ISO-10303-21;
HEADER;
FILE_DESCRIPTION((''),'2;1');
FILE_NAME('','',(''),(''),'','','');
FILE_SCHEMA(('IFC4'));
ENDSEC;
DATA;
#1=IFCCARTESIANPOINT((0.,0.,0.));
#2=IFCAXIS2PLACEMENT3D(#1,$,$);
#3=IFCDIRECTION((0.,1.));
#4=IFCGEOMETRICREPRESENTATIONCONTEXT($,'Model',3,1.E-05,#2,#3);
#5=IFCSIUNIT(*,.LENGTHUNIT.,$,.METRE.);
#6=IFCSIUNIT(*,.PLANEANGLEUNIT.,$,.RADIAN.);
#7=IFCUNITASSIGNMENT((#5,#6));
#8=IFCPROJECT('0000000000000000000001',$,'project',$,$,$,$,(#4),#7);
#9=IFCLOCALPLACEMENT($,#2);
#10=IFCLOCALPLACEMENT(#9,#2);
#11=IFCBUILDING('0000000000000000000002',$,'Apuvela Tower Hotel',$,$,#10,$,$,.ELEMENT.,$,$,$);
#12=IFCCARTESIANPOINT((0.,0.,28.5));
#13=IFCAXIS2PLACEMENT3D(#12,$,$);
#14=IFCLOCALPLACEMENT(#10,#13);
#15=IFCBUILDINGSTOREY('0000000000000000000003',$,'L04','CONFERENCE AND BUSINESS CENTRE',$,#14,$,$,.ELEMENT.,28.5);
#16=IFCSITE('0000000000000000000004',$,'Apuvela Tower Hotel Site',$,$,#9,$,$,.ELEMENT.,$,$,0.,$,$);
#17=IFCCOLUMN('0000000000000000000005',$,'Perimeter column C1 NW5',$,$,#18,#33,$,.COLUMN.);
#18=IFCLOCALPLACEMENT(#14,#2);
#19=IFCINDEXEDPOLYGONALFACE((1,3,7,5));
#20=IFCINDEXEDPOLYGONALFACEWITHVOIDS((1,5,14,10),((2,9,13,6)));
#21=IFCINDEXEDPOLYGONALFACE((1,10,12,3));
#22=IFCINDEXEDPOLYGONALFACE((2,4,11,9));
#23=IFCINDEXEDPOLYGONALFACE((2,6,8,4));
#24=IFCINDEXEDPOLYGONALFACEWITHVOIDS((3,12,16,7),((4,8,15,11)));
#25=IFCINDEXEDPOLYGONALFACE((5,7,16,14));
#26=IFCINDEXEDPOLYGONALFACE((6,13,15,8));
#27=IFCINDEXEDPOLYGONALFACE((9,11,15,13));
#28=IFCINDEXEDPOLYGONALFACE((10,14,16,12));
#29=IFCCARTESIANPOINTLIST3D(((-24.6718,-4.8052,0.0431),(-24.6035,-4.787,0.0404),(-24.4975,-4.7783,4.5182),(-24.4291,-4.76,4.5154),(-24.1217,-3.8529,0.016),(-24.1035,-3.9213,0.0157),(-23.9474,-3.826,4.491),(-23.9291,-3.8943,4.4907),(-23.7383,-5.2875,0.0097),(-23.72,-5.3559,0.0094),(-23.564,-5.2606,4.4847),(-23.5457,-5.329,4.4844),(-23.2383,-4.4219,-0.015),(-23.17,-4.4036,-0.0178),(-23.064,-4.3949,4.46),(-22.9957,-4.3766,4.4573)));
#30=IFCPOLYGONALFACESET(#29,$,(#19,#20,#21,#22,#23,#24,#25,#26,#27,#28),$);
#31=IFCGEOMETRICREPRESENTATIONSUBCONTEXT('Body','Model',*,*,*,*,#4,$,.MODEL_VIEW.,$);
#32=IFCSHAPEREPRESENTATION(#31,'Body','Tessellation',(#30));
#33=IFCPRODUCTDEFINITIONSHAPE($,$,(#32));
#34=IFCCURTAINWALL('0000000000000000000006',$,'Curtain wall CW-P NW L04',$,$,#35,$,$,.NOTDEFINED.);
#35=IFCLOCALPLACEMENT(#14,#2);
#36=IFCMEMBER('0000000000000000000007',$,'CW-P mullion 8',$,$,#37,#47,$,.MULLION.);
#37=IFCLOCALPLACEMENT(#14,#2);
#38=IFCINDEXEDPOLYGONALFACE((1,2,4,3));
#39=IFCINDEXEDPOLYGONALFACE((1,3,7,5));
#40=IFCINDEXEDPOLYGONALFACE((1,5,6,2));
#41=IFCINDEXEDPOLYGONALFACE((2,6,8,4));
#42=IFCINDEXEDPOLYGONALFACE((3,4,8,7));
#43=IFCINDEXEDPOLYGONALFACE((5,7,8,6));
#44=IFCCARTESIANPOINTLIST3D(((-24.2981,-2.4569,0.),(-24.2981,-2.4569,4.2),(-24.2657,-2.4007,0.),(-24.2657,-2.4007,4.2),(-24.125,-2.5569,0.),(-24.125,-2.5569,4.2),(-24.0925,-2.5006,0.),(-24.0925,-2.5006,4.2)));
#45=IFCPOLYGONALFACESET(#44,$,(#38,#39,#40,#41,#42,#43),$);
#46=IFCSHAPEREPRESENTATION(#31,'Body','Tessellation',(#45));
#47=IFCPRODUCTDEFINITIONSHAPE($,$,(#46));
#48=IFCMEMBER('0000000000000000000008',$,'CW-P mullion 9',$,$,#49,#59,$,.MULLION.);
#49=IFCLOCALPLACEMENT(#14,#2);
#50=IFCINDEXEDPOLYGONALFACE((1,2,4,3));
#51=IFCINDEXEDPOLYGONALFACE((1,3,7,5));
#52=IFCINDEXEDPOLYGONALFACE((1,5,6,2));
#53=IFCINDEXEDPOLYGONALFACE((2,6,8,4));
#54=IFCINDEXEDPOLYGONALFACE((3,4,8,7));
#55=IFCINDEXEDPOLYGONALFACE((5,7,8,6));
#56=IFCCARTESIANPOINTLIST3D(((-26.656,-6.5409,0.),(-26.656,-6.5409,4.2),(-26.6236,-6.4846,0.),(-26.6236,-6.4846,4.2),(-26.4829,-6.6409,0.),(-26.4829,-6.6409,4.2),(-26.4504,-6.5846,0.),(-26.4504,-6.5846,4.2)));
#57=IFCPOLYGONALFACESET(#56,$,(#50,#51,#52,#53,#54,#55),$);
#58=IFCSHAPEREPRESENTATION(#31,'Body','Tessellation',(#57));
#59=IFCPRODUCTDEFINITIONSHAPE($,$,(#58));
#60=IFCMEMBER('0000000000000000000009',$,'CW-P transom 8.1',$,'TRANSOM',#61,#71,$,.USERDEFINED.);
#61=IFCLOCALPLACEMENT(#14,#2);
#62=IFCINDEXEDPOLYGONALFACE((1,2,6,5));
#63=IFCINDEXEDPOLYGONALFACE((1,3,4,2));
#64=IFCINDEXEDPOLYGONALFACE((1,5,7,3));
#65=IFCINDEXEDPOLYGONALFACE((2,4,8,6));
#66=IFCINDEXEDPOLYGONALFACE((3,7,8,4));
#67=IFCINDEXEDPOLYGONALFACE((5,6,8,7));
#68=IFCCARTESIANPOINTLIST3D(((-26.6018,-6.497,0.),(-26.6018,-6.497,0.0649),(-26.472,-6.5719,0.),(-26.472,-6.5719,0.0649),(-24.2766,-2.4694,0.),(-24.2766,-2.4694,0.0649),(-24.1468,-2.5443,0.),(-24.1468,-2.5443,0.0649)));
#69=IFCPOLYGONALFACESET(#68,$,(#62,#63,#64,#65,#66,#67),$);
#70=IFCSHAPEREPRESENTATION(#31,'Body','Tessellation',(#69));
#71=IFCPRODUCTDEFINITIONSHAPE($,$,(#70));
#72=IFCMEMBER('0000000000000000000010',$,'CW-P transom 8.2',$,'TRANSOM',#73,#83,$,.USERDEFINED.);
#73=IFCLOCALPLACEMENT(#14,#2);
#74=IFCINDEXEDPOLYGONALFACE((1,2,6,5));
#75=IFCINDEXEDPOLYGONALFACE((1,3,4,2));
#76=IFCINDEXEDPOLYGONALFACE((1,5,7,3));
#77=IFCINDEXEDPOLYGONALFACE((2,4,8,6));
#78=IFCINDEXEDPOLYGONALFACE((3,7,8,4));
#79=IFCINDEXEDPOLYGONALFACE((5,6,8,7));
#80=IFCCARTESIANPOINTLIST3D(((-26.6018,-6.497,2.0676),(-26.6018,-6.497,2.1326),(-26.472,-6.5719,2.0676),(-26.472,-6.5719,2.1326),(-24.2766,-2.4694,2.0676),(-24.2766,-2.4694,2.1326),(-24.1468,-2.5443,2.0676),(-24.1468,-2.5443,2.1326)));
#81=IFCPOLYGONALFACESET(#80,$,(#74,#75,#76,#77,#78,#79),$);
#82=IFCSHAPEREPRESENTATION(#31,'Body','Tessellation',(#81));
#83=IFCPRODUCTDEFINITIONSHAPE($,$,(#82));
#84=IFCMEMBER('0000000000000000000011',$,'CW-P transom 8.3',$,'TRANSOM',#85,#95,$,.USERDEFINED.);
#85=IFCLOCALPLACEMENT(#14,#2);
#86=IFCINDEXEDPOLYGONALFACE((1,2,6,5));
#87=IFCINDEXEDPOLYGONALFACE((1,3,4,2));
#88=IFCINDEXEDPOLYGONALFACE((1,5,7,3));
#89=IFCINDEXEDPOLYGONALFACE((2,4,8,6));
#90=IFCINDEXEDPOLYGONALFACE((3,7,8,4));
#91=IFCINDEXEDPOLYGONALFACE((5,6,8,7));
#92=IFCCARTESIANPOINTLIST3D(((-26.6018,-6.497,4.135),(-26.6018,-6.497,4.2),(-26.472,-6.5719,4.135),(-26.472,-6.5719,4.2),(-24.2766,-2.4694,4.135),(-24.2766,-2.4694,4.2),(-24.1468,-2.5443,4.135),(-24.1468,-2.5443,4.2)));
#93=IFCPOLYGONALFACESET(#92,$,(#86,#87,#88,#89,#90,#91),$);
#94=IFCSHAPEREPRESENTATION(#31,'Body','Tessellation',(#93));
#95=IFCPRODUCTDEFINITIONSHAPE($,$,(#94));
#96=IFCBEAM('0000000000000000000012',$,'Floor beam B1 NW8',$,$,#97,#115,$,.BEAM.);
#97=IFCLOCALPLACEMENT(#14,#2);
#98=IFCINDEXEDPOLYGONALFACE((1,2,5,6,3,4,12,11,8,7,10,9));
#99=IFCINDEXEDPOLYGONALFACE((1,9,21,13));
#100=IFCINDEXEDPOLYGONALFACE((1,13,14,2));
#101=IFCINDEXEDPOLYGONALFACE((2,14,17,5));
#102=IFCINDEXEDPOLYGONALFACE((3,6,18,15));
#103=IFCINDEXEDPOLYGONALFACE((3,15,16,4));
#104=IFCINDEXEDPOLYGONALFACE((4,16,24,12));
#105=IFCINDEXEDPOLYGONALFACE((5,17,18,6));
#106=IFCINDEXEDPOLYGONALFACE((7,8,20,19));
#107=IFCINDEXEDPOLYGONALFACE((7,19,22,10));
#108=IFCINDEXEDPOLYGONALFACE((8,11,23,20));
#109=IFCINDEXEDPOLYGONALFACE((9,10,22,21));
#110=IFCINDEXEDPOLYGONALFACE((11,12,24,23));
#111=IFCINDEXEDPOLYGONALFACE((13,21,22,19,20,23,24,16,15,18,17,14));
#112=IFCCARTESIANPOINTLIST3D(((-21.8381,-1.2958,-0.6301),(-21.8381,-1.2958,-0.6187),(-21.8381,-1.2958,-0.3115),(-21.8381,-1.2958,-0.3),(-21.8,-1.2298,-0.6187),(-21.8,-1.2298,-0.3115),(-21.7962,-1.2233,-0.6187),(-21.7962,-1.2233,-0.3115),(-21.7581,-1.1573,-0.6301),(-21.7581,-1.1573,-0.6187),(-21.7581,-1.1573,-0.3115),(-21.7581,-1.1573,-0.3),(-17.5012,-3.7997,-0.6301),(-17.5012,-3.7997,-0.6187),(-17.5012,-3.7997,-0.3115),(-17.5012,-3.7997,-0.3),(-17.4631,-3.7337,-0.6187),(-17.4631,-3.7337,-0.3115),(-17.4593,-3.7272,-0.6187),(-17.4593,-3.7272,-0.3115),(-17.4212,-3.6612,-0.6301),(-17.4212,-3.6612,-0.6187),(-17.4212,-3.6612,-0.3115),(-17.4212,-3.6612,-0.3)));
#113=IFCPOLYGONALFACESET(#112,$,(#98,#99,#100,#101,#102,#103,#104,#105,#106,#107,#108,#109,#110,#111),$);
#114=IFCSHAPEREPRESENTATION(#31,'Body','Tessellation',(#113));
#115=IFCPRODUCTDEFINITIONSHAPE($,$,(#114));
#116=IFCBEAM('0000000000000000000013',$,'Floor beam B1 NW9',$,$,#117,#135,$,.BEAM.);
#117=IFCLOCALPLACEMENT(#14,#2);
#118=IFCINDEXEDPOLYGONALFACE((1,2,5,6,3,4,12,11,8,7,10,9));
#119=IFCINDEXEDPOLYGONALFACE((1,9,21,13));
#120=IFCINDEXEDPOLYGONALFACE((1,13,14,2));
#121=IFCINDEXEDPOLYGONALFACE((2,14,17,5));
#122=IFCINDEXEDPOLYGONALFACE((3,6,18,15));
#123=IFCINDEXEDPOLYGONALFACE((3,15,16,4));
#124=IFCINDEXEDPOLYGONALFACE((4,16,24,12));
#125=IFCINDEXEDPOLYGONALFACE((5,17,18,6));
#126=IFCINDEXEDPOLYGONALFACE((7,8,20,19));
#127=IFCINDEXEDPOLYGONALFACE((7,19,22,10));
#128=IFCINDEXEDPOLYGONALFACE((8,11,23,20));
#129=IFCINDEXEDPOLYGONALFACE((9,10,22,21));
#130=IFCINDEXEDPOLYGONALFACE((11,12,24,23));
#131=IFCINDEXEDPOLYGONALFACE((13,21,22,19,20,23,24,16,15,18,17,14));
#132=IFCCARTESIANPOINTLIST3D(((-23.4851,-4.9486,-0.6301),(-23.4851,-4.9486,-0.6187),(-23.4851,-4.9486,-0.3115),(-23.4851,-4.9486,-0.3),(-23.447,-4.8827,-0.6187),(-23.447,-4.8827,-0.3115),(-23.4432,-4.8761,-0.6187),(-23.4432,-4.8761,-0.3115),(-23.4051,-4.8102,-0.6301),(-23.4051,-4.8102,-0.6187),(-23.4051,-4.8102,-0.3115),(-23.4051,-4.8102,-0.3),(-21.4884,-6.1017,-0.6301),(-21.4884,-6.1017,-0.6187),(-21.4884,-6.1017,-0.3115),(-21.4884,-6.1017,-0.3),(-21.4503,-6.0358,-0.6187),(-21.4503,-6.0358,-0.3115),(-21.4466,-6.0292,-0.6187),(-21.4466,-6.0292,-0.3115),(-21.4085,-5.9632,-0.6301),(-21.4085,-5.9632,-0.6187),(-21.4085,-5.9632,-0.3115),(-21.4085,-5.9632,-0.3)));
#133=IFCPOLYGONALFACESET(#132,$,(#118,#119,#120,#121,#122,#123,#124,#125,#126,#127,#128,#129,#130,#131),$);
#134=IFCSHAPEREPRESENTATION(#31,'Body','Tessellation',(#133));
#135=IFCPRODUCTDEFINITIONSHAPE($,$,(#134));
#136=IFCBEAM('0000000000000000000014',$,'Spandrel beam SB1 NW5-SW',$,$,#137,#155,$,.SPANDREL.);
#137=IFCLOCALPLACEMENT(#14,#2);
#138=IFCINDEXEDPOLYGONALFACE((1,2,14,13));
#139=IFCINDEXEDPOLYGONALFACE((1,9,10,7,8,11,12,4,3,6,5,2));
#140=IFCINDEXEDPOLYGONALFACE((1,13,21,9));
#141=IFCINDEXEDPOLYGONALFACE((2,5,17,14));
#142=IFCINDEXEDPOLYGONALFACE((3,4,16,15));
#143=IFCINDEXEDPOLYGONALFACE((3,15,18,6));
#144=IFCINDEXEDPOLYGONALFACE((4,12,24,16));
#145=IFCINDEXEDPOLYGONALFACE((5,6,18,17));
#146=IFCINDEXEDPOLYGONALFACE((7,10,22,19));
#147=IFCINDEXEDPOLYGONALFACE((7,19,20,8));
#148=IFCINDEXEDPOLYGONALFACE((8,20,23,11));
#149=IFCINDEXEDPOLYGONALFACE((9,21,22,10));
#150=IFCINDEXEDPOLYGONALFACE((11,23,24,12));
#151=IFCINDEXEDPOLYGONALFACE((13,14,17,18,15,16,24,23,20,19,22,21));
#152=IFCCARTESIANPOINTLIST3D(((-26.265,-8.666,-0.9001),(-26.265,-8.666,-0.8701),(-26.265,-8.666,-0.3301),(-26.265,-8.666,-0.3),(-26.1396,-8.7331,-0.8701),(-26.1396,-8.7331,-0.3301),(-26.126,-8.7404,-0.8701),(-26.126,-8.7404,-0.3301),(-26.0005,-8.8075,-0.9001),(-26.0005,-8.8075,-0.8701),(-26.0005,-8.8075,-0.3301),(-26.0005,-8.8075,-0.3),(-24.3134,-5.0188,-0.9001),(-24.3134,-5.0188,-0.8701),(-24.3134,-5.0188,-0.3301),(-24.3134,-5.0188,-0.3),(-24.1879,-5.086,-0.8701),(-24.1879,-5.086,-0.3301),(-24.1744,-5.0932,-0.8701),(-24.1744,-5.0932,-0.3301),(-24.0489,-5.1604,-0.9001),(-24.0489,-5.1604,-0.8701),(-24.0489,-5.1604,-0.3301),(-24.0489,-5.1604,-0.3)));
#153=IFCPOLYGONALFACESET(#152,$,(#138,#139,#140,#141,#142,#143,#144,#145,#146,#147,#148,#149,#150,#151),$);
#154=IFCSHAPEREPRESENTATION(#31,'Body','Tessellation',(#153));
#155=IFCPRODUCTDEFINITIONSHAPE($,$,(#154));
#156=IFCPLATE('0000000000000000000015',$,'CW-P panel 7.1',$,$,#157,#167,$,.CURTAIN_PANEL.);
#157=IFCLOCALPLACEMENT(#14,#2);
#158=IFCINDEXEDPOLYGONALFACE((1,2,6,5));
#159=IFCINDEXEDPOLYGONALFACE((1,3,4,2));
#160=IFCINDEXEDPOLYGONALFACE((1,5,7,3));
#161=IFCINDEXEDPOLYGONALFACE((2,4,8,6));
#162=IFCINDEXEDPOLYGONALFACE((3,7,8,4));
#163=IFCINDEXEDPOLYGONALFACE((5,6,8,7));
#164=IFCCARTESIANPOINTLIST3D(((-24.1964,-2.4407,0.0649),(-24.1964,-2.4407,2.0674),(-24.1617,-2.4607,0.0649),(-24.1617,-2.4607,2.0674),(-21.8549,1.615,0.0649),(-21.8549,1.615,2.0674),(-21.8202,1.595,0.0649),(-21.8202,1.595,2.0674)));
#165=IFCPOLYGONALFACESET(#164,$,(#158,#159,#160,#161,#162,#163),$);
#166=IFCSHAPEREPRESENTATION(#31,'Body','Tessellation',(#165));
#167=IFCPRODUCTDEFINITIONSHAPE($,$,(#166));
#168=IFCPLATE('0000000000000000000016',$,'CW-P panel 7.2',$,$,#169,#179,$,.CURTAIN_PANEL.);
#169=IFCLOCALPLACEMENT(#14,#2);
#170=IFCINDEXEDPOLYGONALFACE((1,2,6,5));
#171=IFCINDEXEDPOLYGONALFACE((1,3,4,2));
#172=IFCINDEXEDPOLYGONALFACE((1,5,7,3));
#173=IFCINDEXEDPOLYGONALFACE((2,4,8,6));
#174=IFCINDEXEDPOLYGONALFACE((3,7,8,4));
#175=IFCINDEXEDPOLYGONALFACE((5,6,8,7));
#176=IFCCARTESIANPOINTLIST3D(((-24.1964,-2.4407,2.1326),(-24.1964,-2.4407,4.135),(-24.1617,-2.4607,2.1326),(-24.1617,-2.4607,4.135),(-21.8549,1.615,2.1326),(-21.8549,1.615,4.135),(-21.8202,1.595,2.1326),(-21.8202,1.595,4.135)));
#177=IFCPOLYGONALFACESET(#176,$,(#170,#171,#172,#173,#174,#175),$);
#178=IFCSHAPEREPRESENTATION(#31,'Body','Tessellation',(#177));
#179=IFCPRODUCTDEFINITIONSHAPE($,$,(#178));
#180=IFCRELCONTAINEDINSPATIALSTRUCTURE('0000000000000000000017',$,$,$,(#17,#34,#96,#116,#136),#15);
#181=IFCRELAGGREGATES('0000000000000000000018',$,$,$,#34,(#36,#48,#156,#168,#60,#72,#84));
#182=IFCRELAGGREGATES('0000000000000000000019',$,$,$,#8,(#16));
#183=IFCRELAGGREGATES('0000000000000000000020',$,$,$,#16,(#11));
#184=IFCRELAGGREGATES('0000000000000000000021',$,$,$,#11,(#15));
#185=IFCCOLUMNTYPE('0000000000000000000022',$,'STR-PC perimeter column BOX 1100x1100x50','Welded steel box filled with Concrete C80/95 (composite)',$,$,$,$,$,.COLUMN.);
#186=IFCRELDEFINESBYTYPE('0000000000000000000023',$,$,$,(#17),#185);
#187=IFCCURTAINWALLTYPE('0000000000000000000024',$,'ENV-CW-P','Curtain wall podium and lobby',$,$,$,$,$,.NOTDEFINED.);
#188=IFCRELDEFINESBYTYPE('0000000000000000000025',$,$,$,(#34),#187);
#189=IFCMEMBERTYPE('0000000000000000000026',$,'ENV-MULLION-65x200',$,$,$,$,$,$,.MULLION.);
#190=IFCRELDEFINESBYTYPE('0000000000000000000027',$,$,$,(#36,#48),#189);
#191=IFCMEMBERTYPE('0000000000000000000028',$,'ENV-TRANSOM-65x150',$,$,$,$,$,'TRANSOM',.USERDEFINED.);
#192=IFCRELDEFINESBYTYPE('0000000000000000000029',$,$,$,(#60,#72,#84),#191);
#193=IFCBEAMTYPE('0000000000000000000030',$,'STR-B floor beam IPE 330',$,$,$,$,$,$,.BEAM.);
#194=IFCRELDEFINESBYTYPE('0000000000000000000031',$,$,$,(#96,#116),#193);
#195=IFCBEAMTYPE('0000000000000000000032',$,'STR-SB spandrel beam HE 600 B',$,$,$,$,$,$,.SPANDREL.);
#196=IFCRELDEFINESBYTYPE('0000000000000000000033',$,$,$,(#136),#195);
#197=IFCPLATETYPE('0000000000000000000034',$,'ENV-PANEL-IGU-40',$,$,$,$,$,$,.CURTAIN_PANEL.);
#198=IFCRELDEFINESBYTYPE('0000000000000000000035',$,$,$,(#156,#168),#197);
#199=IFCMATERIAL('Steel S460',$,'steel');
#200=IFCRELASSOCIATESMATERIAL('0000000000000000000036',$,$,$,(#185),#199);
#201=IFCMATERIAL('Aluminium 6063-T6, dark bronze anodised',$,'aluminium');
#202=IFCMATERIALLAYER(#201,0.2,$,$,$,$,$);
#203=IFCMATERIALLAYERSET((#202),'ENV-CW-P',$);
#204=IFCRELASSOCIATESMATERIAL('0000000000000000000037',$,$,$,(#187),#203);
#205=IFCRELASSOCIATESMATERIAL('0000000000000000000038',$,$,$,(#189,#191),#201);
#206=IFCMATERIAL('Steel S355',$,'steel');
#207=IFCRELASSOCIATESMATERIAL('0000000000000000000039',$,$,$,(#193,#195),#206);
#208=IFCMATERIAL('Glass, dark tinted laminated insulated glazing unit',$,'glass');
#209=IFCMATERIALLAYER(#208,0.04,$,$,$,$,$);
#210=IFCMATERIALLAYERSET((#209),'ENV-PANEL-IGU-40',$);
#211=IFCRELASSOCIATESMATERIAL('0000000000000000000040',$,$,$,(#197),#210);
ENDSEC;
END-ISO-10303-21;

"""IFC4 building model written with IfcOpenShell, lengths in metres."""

from ifc_helpers import new_model, si_unit, direction, frame, origin, origin_2d, place, context, subcontext, project, spatial, rectangle, hollow_rectangle, i_section, extrude, boolean, halfspace, material, layer, layer_set, material_profile, profile_set, type_object, element, aggregate, save


model = new_model("IFC4")

# Units and contexts
model_context = context("Model", 3, precision=1e-05, world=origin(), true_north=direction((0.0, 1.0)))
body_context = subcontext(model_context, "Body", "Model", "MODEL_VIEW")
ifc_project = project(units=[si_unit("LENGTHUNIT", "METRE"), si_unit("PLANEANGLEUNIT", "RADIAN")], contexts=[model_context])

# Site, building, storey
site_placement = place(None, origin())
site = spatial("IfcSite", under=ifc_project, at=site_placement, Name="Apuvela Tower Hotel Site", CompositionType="ELEMENT", RefElevation=0.0)
building_placement = place(site_placement, origin())
building = spatial("IfcBuilding", under=site, at=building_placement, Name="Apuvela Tower Hotel", CompositionType="ELEMENT")
storey_placement = place(building_placement, frame((0.0, 0.0, 28.5)))
storey = spatial("IfcBuildingStorey", under=building, at=storey_placement, Name="L04", Description="CONFERENCE AND BUSINESS CENTRE", CompositionType="ELEMENT", Elevation=28.5)

# Column
ifc_material_1 = material(Name="Steel S460", Category="steel")
ifc_material_profile_1 = material_profile(ifc_material_1, hollow_rectangle(XDim=1.1001, YDim=1.1001, WallThickness=0.05, at=origin_2d()), Name="BOX 1100x1100x50")
ifc_material_2 = material(Name="Concrete C80/95", Category="concrete")
ifc_material_profile_2 = material_profile(ifc_material_2, rectangle(XDim=1.0, YDim=1.0, at=origin_2d()), Name="Concrete C80/95 infill")
ifc_profile_set_1 = profile_set([ifc_material_profile_1, ifc_material_profile_2], Name="Steel S460")
column_type = type_object("IfcColumnType", Name="STR-PC perimeter column BOX 1100x1100x50", Description="Welded steel box filled with Concrete C80/95 (composite)", PredefinedType="COLUMN", material=ifc_profile_set_1)
column_placement = place(storey_placement, frame((-23.9214, -4.6045, 0.0), z_axis=(0.038924, 0.006017, 0.999224), x_axis=(-0.500001, -0.865673, 0.02469)))
element("IfcColumn", 1, at=column_placement, inside=storey, type_object=column_type, Name="Perimeter column C1 NW5", PredefinedType="COLUMN", context=body_context, shape_type="SweptSolid", body=[
    boolean("DIFFERENCE", boolean("DIFFERENCE", extrude(hollow_rectangle(XDim=1.1001, YDim=1.1001, WallThickness=0.05, at=origin_2d()), origin(), (0.0, 0.0, 1.0), 4.5034), halfspace(frame((0.0, 0.0, 0.0127), z_axis=(0.0, 0.0, 1.0), x_axis=(1.0, 0.0, 0.0)), True)), halfspace(frame((0.0, 0.0, 4.4912), z_axis=(0.0, 0.0, 1.0), x_axis=(1.0, 0.0, 0.0)), False)),
])

# Curtain wall, members
ifc_material_3 = material(Name="Aluminium 6063-T6, dark bronze anodised", Category="aluminium")
ifc_layer_1 = layer(ifc_material_3, 0.2)
ifc_layer_set_1 = layer_set([ifc_layer_1], Name="ENV-CW-P")
curtain_wall_type = type_object("IfcCurtainWallType", Name="ENV-CW-P", Description="Curtain wall podium and lobby", PredefinedType="NOTDEFINED", material=ifc_layer_set_1)
curtain_wall_placement = place(storey_placement, origin())
curtain_wall = element("IfcCurtainWall", 2, at=curtain_wall_placement, inside=storey, type_object=curtain_wall_type, Name="Curtain wall CW-P NW L04", PredefinedType="NOTDEFINED")
ifc_material_profile_3 = material_profile(ifc_material_3, rectangle(XDim=0.2, YDim=0.0649, at=origin_2d()), Name="AL 65x200")
ifc_profile_set_2 = profile_set([ifc_material_profile_3], Name="Aluminium 6063-T6, dark bronze anodised")
member_type_1 = type_object("IfcMemberType", Name="ENV-MULLION-65x200", PredefinedType="MULLION", material=ifc_profile_set_2)
member_1_placement = place(storey_placement, frame((-24.1953, -2.4788, 0.0), z_axis=(0.0, 0.0, 1.0), x_axis=(0.866024, -0.500002, 0.0)))
member_1 = element("IfcMember", 3, at=member_1_placement, type_object=member_type_1, Name="CW-P mullion 8", PredefinedType="MULLION", context=body_context, shape_type="SweptSolid", body=[
    extrude(rectangle(XDim=0.2, YDim=0.0649, at=origin_2d()), origin(), (0.0, 0.0, 1.0), 4.2),
])
member_2_placement = place(storey_placement, frame((-26.5532, -6.5627, 0.0), z_axis=(0.0, 0.0, 1.0), x_axis=(0.866024, -0.500002, 0.0)))
member_2 = element("IfcMember", 4, at=member_2_placement, type_object=member_type_1, Name="CW-P mullion 9", PredefinedType="MULLION", context=body_context, shape_type="SweptSolid", body=[
    extrude(rectangle(XDim=0.2, YDim=0.0649, at=origin_2d()), origin(), (0.0, 0.0, 1.0), 4.2),
])
ifc_material_profile_4 = material_profile(ifc_material_3, rectangle(XDim=0.1499, YDim=0.0649, at=origin_2d()), Name="AL 65x150 transom")
ifc_profile_set_3 = profile_set([ifc_material_profile_4], Name="Aluminium 6063-T6, dark bronze anodised")
member_type_2 = type_object("IfcMemberType", Name="ENV-TRANSOM-65x150", ElementType="TRANSOM", PredefinedType="USERDEFINED", material=ifc_profile_set_3)
member_3_placement = place(storey_placement, frame((-24.2117, -2.5068, 0.0325), z_axis=(-0.499978, -0.866038, 0.0), x_axis=(0.866038, -0.499978, 0.0)))
member_3 = element("IfcMember", 5, at=member_3_placement, type_object=member_type_2, Name="CW-P transom 8.1", ObjectType="TRANSOM", PredefinedType="USERDEFINED", context=body_context, shape_type="SweptSolid", body=[
    extrude(rectangle(XDim=0.1499, YDim=0.0649, at=origin_2d()), origin(), (0.0, 0.0, 1.0), 4.6506),
])
member_4_placement = place(storey_placement, frame((-24.2117, -2.5068, 2.1001), z_axis=(-0.499978, -0.866038, 0.0), x_axis=(0.866038, -0.499978, 0.0)))
member_4 = element("IfcMember", 6, at=member_4_placement, type_object=member_type_2, Name="CW-P transom 8.2", ObjectType="TRANSOM", PredefinedType="USERDEFINED", context=body_context, shape_type="SweptSolid", body=[
    extrude(rectangle(XDim=0.1499, YDim=0.0649, at=origin_2d()), origin(), (0.0, 0.0, 1.0), 4.6506),
])
member_5_placement = place(storey_placement, frame((-24.2117, -2.5068, 4.1675), z_axis=(-0.499978, -0.866038, 0.0), x_axis=(0.866038, -0.499978, 0.0)))
member_5 = element("IfcMember", 7, at=member_5_placement, type_object=member_type_2, Name="CW-P transom 8.3", ObjectType="TRANSOM", PredefinedType="USERDEFINED", context=body_context, shape_type="SweptSolid", body=[
    extrude(rectangle(XDim=0.1499, YDim=0.0649, at=origin_2d()), origin(), (0.0, 0.0, 1.0), 4.6506),
])

# Beams
ifc_material_4 = material(Name="Steel S355", Category="steel")
ifc_material_profile_5 = material_profile(ifc_material_4, i_section(OverallWidth=0.1599, OverallDepth=0.3301, WebThickness=0.0076, FlangeThickness=0.0115, at=origin_2d()), Name="IPE 330")
ifc_profile_set_4 = profile_set([ifc_material_profile_5], Name="Steel S355")
beam_type_1 = type_object("IfcBeamType", Name="STR-B floor beam IPE 330", PredefinedType="BEAM", material=ifc_profile_set_4)
beam_1_placement = place(storey_placement, frame((-21.7981, -1.2266, -0.4651), z_axis=(0.866026, -0.499998, 0.0), x_axis=(0.499998, 0.866026, 0.0)))
element("IfcBeam", 8, at=beam_1_placement, inside=storey, type_object=beam_type_1, Name="Floor beam B1 NW8", PredefinedType="BEAM", context=body_context, shape_type="SweptSolid", body=[
    extrude(i_section(OverallWidth=0.1599, OverallDepth=0.3301, WebThickness=0.0076, FlangeThickness=0.0115, at=origin_2d()), origin(), (0.0, 0.0, 1.0), 5.0078),
])
beam_2_placement = place(storey_placement, frame((-23.4451, -4.8794, -0.4651), z_axis=(0.86596, -0.500114, 0.0), x_axis=(0.500114, 0.86596, 0.0)))
element("IfcBeam", 9, at=beam_2_placement, inside=storey, type_object=beam_type_1, Name="Floor beam B1 NW9", PredefinedType="BEAM", context=body_context, shape_type="SweptSolid", body=[
    extrude(i_section(OverallWidth=0.1599, OverallDepth=0.3301, WebThickness=0.0076, FlangeThickness=0.0115, at=origin_2d()), origin(), (0.0, 0.0, 1.0), 2.3057),
])
ifc_material_profile_6 = material_profile(ifc_material_4, i_section(OverallWidth=0.3, OverallDepth=0.6001, WebThickness=0.0154, FlangeThickness=0.03, at=origin_2d()), Name="HE 600 B")
ifc_profile_set_5 = profile_set([ifc_material_profile_6], Name="Steel S355")
beam_type_2 = type_object("IfcBeamType", Name="STR-SB spandrel beam HE 600 B", PredefinedType="SPANDREL", material=ifc_profile_set_5)
beam_3_placement = place(storey_placement, frame((-24.1812, -5.0896, -0.6001), z_axis=(-0.471807, -0.881702, 0.0), x_axis=(0.881702, -0.471807, 0.0)))
element("IfcBeam", 10, at=beam_3_placement, inside=storey, type_object=beam_type_2, Name="Spandrel beam SB1 NW5-SW", PredefinedType="SPANDREL", context=body_context, shape_type="SweptSolid", body=[
    extrude(i_section(OverallWidth=0.3, OverallDepth=0.6001, WebThickness=0.0154, FlangeThickness=0.03, at=origin_2d()), origin(), (0.0, 0.0, 1.0), 4.1365),
])

# Plates
ifc_material_5 = material(Name="Glass, dark tinted laminated insulated glazing unit", Category="glass")
ifc_layer_2 = layer(ifc_material_5, 0.04)
ifc_layer_set_2 = layer_set([ifc_layer_2], Name="ENV-PANEL-IGU-40")
plate_type = type_object("IfcPlateType", Name="ENV-PANEL-IGU-40", PredefinedType="CURTAIN_PANEL", material=ifc_layer_set_2)
plate_1_placement = place(storey_placement, frame((-23.0083, -0.4229, 0.0649), z_axis=(0.0, 0.0, 1.0), x_axis=(-0.500002, -0.866024, 0.0)))
plate_1 = element("IfcPlate", 11, at=plate_1_placement, type_object=plate_type, Name="CW-P panel 7.1", PredefinedType="CURTAIN_PANEL", context=body_context, shape_type="SweptSolid", body=[
    extrude(rectangle(XDim=4.6831, YDim=0.04, at=origin_2d()), origin(), (0.0, 0.0, 1.0), 2.0024),
])
plate_2_placement = place(storey_placement, frame((-23.0083, -0.4229, 2.1326), z_axis=(0.0, 0.0, 1.0), x_axis=(-0.500002, -0.866024, 0.0)))
plate_2 = element("IfcPlate", 12, at=plate_2_placement, type_object=plate_type, Name="CW-P panel 7.2", PredefinedType="CURTAIN_PANEL", context=body_context, shape_type="SweptSolid", body=[
    extrude(rectangle(XDim=4.6831, YDim=0.04, at=origin_2d()), origin(), (0.0, 0.0, 1.0), 2.0024),
])
aggregate(curtain_wall, [member_1, member_2, plate_1, plate_2, member_3, member_4, member_5])

save(model, "model.ifc")
